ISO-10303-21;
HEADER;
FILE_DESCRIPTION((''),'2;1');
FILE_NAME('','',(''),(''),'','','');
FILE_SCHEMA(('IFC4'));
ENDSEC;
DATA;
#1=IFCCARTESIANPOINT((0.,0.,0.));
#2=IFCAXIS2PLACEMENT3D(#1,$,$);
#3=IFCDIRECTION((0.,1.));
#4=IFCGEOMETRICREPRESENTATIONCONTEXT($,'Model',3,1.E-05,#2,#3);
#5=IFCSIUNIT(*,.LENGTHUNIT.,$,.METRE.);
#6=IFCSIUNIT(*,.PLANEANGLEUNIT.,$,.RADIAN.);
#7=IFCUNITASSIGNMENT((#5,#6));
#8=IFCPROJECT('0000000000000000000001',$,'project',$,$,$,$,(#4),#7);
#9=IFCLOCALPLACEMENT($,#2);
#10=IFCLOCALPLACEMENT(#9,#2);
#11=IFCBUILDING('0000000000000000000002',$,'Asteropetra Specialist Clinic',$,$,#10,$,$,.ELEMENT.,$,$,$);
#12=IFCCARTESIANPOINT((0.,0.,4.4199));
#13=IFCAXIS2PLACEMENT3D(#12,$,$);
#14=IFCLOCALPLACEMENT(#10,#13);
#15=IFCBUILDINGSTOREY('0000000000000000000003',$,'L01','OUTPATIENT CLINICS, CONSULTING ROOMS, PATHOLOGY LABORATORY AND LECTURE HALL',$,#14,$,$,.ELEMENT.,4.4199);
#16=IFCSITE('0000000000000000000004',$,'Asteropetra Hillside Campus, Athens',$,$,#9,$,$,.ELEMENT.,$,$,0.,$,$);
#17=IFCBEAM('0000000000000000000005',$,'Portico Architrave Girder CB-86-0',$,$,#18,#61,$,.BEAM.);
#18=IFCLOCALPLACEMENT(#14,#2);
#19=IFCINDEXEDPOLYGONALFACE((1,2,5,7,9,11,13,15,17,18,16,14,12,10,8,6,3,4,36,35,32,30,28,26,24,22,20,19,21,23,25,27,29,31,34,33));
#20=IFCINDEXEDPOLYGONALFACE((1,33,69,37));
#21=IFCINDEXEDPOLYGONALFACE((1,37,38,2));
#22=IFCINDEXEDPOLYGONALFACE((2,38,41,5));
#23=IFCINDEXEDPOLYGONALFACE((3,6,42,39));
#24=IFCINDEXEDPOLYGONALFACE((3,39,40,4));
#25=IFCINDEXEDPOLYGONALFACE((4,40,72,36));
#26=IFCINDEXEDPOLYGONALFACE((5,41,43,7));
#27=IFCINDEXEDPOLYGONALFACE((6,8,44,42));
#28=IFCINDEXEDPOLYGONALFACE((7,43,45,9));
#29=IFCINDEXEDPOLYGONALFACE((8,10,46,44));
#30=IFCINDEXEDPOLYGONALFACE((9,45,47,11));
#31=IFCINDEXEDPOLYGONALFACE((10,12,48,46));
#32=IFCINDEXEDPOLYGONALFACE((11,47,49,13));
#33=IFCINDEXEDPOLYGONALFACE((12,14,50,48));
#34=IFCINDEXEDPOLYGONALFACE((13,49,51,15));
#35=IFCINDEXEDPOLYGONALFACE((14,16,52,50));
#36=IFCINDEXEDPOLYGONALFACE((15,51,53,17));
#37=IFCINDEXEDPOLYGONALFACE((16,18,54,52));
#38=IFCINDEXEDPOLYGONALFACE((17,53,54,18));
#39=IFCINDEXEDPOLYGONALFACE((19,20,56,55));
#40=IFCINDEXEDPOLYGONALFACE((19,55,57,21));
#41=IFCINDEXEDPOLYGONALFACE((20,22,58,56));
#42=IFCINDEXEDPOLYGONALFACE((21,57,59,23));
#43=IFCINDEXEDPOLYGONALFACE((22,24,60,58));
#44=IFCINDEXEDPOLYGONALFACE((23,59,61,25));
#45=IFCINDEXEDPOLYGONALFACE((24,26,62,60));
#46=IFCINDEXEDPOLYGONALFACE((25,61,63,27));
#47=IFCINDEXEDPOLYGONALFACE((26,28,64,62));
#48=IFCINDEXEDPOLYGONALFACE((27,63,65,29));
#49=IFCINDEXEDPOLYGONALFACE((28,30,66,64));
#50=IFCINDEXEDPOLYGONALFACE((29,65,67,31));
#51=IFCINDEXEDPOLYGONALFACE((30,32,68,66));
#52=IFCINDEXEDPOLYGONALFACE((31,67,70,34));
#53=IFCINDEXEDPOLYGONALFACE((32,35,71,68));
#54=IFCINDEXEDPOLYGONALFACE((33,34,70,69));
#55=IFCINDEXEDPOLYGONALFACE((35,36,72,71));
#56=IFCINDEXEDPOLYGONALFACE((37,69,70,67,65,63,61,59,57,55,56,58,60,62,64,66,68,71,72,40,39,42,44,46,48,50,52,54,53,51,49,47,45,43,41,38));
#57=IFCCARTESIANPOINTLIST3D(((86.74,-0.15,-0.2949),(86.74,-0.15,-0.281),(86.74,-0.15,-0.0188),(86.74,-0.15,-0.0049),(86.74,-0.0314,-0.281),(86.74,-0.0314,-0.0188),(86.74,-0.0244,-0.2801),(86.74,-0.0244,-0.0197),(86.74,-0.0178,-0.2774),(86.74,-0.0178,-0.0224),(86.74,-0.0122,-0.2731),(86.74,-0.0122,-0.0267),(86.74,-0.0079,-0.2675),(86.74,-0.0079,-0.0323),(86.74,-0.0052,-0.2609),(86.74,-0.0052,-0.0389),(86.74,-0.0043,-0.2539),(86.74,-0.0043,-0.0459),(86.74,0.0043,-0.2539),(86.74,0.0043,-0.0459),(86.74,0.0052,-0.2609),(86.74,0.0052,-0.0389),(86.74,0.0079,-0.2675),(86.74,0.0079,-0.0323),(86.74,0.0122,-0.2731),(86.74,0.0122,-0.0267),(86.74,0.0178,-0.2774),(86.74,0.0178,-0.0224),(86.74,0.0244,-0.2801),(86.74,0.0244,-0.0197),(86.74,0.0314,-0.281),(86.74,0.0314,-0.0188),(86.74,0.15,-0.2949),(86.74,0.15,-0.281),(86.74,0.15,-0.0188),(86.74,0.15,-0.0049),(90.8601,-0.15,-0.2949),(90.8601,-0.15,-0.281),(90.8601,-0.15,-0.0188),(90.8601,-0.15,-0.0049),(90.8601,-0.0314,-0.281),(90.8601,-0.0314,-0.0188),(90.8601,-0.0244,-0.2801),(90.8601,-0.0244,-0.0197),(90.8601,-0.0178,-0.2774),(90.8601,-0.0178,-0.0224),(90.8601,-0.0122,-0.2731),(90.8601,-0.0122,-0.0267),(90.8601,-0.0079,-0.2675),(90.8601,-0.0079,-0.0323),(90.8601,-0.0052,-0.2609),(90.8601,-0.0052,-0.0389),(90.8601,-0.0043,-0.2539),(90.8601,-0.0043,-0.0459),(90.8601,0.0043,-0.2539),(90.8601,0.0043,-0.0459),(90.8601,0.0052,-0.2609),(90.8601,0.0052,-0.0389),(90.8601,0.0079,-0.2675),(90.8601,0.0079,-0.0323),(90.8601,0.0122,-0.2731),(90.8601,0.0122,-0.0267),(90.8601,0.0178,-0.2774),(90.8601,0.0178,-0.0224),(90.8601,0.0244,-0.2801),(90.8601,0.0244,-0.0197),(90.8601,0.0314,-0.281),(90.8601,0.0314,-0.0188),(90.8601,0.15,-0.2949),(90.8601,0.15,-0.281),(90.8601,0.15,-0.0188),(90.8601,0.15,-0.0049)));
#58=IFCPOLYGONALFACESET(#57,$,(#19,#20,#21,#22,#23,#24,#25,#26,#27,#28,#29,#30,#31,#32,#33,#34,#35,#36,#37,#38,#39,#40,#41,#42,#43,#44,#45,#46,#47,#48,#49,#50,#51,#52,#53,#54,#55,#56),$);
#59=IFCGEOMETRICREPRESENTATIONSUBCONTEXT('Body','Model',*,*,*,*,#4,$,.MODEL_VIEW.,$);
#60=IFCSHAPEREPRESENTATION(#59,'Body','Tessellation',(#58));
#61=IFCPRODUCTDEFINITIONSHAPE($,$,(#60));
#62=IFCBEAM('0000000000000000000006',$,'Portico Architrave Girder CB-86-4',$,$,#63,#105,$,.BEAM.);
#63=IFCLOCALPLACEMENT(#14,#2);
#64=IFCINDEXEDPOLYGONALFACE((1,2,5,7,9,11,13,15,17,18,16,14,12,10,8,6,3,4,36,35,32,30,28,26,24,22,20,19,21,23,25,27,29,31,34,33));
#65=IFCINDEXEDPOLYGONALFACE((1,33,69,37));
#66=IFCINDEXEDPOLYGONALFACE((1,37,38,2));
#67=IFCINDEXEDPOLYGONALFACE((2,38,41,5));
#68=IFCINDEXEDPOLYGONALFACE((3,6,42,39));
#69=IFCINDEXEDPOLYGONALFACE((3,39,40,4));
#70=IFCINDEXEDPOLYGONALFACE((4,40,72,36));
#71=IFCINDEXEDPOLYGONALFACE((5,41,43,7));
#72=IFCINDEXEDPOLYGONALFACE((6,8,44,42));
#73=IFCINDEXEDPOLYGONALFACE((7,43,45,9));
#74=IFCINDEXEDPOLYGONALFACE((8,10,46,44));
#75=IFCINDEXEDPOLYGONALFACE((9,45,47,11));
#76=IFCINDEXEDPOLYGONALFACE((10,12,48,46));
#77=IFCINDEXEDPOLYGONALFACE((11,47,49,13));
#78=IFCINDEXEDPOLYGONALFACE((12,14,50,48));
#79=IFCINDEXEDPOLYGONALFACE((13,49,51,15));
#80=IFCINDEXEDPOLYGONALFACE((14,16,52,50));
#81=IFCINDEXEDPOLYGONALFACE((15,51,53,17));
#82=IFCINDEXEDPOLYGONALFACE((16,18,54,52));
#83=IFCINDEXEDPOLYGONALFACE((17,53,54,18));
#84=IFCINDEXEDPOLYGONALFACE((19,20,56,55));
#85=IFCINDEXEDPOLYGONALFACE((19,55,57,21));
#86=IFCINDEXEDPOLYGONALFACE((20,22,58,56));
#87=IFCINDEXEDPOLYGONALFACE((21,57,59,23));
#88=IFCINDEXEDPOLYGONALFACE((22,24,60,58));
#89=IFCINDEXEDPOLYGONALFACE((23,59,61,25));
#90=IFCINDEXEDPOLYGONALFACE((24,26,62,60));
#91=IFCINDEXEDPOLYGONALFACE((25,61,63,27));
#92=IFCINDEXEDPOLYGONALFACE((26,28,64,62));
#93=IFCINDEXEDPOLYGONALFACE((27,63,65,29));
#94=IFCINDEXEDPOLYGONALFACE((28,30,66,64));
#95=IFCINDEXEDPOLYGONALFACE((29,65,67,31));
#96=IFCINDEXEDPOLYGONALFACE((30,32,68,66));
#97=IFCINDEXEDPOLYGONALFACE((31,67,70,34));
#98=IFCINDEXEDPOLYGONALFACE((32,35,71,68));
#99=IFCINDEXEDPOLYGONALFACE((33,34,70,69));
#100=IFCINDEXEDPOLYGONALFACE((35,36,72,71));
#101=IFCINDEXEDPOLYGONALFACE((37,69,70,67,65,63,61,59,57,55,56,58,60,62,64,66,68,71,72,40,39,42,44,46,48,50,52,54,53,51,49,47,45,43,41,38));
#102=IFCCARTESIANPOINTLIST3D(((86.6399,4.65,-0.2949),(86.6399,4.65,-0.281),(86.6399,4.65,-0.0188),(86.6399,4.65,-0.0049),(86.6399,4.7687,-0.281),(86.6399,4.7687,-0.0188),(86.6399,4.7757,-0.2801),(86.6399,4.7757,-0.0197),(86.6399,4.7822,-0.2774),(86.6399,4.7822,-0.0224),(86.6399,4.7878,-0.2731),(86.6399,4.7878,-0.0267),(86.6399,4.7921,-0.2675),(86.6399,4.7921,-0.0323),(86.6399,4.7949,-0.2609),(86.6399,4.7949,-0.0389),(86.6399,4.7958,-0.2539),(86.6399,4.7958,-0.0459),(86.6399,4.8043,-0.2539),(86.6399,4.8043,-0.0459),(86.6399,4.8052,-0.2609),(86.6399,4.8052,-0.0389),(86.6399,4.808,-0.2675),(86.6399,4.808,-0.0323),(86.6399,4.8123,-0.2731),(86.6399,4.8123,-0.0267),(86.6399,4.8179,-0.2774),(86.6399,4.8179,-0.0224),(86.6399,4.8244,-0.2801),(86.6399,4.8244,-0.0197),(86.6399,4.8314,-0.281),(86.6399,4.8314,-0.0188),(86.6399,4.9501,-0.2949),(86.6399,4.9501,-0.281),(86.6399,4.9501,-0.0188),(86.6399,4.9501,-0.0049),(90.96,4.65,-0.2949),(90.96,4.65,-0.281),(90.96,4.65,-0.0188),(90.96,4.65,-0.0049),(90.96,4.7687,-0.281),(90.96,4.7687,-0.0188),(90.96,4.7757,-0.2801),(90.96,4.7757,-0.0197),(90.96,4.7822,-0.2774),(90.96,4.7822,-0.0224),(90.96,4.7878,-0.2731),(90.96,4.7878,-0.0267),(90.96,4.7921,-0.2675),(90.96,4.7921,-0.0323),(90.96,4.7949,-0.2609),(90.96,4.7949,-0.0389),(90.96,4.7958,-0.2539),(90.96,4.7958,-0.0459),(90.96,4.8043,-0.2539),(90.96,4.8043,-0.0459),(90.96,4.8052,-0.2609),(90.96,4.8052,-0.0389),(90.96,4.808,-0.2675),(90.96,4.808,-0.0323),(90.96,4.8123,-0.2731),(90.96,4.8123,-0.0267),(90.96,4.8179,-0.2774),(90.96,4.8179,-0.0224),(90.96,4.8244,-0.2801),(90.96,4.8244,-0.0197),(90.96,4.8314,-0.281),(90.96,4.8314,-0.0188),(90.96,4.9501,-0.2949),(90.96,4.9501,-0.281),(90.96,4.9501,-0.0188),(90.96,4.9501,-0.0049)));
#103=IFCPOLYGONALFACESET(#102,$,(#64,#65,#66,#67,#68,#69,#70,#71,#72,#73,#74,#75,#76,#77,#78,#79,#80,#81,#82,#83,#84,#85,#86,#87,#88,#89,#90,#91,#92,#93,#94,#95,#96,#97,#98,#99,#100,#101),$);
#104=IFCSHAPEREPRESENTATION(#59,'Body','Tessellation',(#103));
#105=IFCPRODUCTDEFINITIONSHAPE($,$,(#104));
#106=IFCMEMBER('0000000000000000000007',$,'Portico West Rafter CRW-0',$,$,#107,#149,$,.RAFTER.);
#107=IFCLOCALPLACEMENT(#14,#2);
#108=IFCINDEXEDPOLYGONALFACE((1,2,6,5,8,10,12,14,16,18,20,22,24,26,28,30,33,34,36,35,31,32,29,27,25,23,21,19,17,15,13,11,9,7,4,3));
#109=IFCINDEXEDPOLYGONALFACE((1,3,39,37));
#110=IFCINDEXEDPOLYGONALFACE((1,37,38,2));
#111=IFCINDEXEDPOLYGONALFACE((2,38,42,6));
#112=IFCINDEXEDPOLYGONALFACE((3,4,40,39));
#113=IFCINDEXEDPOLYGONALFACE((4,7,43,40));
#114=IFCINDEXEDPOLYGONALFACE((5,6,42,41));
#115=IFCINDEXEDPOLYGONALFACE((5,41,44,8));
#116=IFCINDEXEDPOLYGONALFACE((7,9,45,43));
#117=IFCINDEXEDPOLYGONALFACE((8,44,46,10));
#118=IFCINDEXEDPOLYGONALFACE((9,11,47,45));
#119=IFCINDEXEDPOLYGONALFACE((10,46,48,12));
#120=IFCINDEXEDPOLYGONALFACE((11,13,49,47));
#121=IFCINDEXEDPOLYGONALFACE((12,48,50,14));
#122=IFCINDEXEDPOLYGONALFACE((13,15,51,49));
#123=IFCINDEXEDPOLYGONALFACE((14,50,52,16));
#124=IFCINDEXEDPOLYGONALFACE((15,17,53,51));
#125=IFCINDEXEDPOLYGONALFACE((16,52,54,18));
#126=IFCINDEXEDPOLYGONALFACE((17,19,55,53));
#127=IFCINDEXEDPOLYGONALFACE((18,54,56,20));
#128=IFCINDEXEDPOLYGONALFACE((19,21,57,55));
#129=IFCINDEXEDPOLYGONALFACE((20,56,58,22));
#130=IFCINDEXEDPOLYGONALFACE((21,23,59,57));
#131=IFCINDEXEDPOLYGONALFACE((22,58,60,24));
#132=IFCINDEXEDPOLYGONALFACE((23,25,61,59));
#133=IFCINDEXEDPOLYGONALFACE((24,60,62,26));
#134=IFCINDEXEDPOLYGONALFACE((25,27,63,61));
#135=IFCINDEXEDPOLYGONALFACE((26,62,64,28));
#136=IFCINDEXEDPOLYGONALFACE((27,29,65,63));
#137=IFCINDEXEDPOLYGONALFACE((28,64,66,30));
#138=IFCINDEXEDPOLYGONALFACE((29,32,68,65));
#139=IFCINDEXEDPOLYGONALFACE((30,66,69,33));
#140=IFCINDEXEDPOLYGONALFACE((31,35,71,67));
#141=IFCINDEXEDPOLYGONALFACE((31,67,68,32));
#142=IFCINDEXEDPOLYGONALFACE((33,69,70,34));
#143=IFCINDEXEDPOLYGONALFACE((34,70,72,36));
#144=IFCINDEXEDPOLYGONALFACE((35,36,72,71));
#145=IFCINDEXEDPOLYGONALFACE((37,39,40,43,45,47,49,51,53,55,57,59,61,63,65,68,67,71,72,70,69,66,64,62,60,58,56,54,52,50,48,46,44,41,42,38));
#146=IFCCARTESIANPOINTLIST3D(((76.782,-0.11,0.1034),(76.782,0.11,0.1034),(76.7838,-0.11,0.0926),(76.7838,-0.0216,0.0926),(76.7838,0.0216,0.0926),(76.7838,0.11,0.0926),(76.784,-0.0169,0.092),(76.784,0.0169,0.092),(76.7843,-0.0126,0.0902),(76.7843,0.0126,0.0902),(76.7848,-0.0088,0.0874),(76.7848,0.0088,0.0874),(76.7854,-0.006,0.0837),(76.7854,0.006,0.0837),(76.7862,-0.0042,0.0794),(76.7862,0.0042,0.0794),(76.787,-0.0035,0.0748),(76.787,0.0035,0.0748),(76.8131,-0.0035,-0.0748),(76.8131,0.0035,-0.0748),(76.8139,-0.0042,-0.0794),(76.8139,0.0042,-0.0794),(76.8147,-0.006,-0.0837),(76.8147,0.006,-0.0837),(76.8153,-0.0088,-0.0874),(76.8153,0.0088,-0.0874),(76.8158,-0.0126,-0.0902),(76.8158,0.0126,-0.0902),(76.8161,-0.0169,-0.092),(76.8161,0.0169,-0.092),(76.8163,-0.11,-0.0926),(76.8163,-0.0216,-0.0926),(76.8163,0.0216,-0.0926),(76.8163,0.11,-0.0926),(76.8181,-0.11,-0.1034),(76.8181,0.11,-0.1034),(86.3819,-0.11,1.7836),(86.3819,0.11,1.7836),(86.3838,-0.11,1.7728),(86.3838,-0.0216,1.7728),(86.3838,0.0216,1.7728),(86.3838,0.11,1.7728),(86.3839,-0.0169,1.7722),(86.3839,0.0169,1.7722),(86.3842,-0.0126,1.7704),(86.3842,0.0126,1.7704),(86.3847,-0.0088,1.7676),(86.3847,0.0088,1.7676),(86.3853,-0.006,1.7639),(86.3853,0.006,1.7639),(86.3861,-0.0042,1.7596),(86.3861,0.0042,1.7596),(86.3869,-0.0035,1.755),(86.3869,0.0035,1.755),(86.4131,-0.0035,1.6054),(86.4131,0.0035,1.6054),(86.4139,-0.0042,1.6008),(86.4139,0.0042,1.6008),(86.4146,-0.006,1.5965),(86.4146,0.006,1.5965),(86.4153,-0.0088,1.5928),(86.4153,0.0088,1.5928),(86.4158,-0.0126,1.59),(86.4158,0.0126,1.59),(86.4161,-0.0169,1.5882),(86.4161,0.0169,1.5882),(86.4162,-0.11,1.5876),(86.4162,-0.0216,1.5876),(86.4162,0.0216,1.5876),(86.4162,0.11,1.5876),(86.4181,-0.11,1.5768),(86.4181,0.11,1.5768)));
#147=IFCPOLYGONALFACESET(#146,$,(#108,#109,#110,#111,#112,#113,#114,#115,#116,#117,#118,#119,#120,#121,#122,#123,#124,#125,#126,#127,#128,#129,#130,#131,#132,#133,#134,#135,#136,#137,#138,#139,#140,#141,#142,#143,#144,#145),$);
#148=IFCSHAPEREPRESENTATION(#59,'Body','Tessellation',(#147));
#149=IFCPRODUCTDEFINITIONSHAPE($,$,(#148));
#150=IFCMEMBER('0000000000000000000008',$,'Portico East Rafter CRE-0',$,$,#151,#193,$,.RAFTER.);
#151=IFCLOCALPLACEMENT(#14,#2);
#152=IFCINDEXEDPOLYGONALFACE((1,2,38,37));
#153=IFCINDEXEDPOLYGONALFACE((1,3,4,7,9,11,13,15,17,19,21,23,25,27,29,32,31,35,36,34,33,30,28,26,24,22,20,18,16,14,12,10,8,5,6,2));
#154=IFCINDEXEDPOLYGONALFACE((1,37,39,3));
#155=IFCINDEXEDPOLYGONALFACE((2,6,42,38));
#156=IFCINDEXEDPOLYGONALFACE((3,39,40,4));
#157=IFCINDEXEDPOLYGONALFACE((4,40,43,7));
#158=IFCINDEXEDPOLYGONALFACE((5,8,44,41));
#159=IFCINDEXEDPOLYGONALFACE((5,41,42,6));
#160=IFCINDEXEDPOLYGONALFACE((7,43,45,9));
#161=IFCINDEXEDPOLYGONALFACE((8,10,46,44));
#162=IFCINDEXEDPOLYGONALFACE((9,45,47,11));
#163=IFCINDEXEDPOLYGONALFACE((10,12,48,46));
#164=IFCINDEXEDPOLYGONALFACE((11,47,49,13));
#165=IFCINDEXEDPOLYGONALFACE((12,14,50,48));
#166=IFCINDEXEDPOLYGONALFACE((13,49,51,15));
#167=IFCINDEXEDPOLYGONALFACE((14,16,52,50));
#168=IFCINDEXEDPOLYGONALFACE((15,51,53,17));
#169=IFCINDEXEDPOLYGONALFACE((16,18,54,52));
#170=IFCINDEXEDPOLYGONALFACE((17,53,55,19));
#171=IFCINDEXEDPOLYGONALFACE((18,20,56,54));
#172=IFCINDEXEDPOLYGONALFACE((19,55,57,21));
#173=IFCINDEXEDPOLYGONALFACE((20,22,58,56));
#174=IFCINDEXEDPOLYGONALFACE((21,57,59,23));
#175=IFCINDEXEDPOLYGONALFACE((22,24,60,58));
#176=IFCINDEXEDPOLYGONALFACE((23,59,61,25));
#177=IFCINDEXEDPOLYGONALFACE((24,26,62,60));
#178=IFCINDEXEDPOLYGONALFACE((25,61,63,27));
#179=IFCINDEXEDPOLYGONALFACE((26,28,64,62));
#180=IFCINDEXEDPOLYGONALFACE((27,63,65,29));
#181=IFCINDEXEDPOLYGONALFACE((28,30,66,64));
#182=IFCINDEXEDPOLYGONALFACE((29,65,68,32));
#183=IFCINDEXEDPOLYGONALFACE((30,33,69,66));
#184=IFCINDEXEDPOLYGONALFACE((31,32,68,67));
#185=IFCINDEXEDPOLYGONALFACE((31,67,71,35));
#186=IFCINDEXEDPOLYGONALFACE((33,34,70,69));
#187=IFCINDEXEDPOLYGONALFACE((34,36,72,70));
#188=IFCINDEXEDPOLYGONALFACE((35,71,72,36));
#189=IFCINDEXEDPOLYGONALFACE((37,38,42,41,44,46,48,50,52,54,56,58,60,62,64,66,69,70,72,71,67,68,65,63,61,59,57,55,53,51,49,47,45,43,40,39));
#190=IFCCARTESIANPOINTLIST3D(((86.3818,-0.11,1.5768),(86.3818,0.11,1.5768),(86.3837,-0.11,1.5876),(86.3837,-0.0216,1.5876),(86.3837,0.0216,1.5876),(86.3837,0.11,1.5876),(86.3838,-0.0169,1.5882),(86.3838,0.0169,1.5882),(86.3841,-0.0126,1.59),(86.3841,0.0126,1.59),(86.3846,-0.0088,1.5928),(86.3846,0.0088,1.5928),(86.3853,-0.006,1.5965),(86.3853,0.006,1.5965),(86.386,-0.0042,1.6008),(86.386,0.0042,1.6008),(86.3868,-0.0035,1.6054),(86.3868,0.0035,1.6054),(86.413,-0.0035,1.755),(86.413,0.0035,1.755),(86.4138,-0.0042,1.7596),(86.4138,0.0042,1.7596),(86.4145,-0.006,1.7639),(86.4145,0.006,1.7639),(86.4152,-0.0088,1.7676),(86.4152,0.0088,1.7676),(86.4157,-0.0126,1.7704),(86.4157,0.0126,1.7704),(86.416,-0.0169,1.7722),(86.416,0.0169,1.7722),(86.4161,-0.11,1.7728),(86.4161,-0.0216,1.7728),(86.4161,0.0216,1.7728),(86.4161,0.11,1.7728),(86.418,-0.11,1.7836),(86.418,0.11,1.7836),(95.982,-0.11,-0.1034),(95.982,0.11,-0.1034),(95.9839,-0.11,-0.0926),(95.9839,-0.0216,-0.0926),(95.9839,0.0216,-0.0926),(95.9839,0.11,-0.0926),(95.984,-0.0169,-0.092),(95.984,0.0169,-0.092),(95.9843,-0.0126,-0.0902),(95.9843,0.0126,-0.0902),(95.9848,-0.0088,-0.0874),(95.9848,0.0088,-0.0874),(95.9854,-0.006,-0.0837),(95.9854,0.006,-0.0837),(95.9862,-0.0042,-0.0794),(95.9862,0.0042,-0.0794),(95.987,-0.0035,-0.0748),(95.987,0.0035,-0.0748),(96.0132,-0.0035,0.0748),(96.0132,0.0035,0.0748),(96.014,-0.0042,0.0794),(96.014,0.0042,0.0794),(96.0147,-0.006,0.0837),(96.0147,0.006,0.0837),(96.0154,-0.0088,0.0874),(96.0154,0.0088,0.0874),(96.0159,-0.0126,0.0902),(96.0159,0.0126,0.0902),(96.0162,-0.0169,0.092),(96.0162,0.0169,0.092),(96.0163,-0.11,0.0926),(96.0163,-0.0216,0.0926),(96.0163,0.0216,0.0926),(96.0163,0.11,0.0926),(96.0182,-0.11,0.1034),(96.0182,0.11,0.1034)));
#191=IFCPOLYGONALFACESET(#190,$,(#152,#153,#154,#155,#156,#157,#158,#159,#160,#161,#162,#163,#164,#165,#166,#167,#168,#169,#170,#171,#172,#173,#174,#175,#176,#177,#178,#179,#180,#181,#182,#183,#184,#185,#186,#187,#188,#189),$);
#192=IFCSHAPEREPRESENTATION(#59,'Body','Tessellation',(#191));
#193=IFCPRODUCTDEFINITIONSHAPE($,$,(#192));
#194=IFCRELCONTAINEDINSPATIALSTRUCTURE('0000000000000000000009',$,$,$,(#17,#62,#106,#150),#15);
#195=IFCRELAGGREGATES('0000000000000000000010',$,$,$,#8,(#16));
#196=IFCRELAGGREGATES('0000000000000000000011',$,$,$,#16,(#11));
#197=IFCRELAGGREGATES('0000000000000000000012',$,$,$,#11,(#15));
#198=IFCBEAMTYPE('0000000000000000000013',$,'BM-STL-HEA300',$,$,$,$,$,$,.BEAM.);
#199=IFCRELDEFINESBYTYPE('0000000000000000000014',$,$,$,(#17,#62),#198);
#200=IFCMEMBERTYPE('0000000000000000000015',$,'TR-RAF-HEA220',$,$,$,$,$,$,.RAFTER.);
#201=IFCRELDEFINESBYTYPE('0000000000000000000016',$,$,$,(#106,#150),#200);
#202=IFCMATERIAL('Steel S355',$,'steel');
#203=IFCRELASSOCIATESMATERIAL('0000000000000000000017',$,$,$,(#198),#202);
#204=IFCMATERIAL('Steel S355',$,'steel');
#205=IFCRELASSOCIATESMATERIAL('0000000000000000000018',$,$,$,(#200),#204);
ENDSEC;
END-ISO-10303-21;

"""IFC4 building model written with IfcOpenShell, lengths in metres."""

from ifc_helpers import new_model, si_unit, direction, frame, origin, origin_2d, place, context, subcontext, project, spatial, i_section, extrude, material, material_profile, profile_set, type_object, element, save


model = new_model("IFC4")

# Units and contexts
model_context = context("Model", 3, precision=1e-05, world=origin(), true_north=direction((0.0, 1.0)))
body_context = subcontext(model_context, "Body", "Model", "MODEL_VIEW")
ifc_project = project(units=[si_unit("LENGTHUNIT", "METRE"), si_unit("PLANEANGLEUNIT", "RADIAN")], contexts=[model_context])

# Site, building, storey
site_placement = place(None, origin())
site = spatial("IfcSite", under=ifc_project, at=site_placement, Name="Asteropetra Hillside Campus, Athens", CompositionType="ELEMENT", RefElevation=0.0)
building_placement = place(site_placement, origin())
building = spatial("IfcBuilding", under=site, at=building_placement, Name="Asteropetra Specialist Clinic", CompositionType="ELEMENT")
storey_placement = place(building_placement, frame((0.0, 0.0, 4.4199)))
storey = spatial("IfcBuildingStorey", under=building, at=storey_placement, Name="L01", Description="OUTPATIENT CLINICS, CONSULTING ROOMS, PATHOLOGY LABORATORY AND LECTURE HALL", CompositionType="ELEMENT", Elevation=4.4199)

# Beams
ifc_material_1 = material(Name="Steel S355", Category="steel")
ifc_material_profile_1 = material_profile(ifc_material_1, i_section(OverallWidth=0.3, OverallDepth=0.29, WebThickness=0.0085, FlangeThickness=0.0139, FilletRadius=0.0271, at=origin_2d()), Name="HEA 300")
ifc_profile_set_1 = profile_set([ifc_material_profile_1], Name="Steel S355")
beam_type_1 = type_object("IfcBeamType", Name="BM-STL-HEA300", PredefinedType="BEAM", material=ifc_profile_set_1)
beam_1_placement = place(storey_placement, frame((86.74, 0.0, -0.1499), z_axis=(1.0, 0.0, 0.0), x_axis=(0.0, 1.0, 0.0)))
element("IfcBeam", 1, at=beam_1_placement, inside=storey, type_object=beam_type_1, Name="Portico Architrave Girder CB-86-0", PredefinedType="BEAM", context=body_context, shape_type="SweptSolid", body=[
    extrude(i_section(OverallWidth=0.3, OverallDepth=0.29, WebThickness=0.0085, FlangeThickness=0.0139, FilletRadius=0.0271, at=origin_2d()), origin(), (0.0, 0.0, 1.0), 4.1201),
])
beam_2_placement = place(storey_placement, frame((86.6399, 4.8, -0.1499), z_axis=(1.0, 0.0, 0.0), x_axis=(0.0, 1.0, 0.0)))
element("IfcBeam", 2, at=beam_2_placement, inside=storey, type_object=beam_type_1, Name="Portico Architrave Girder CB-86-4", PredefinedType="BEAM", context=body_context, shape_type="SweptSolid", body=[
    extrude(i_section(OverallWidth=0.3, OverallDepth=0.29, WebThickness=0.0085, FlangeThickness=0.0139, FilletRadius=0.0271, at=origin_2d()), origin(), (0.0, 0.0, 1.0), 4.3201),
])

# Members
ifc_material_2 = material(Name="Steel S355", Category="steel")
ifc_material_profile_2 = material_profile(ifc_material_2, i_section(OverallWidth=0.22, OverallDepth=0.21, WebThickness=0.0071, FlangeThickness=0.011, FilletRadius=0.0181, at=origin_2d()), Name="HEA 220")
ifc_profile_set_2 = profile_set([ifc_material_profile_2], Name="Steel S355")
member_type = type_object("IfcMemberType", Name="TR-RAF-HEA220", PredefinedType="RAFTER", material=ifc_profile_set_2)
member_1_placement = place(storey_placement, frame((76.8, 0.0, 0.0), z_axis=(0.985027, 0.0, 0.1724), x_axis=(0.0, 1.0, 0.0)))
element("IfcMember", 3, at=member_1_placement, inside=storey, type_object=member_type, Name="Portico West Rafter CRW-0", PredefinedType="RAFTER", context=body_context, shape_type="SweptSolid", body=[
    extrude(i_section(OverallWidth=0.22, OverallDepth=0.21, WebThickness=0.0071, FlangeThickness=0.011, FilletRadius=0.0181, at=origin_2d()), origin(), (0.0, 0.0, 1.0), 9.7458),
])
member_2_placement = place(storey_placement, frame((86.3999, 0.0, 1.6802), z_axis=(0.985028, 0.0, -0.172396), x_axis=(0.0, 1.0, 0.0)))
element("IfcMember", 4, at=member_2_placement, inside=storey, type_object=member_type, Name="Portico East Rafter CRE-0", PredefinedType="RAFTER", context=body_context, shape_type="SweptSolid", body=[
    extrude(i_section(OverallWidth=0.22, OverallDepth=0.21, WebThickness=0.0071, FlangeThickness=0.011, FilletRadius=0.0181, at=origin_2d()), origin(), (0.0, 0.0, 1.0), 9.7461),
])

save(model, "model.ifc")
